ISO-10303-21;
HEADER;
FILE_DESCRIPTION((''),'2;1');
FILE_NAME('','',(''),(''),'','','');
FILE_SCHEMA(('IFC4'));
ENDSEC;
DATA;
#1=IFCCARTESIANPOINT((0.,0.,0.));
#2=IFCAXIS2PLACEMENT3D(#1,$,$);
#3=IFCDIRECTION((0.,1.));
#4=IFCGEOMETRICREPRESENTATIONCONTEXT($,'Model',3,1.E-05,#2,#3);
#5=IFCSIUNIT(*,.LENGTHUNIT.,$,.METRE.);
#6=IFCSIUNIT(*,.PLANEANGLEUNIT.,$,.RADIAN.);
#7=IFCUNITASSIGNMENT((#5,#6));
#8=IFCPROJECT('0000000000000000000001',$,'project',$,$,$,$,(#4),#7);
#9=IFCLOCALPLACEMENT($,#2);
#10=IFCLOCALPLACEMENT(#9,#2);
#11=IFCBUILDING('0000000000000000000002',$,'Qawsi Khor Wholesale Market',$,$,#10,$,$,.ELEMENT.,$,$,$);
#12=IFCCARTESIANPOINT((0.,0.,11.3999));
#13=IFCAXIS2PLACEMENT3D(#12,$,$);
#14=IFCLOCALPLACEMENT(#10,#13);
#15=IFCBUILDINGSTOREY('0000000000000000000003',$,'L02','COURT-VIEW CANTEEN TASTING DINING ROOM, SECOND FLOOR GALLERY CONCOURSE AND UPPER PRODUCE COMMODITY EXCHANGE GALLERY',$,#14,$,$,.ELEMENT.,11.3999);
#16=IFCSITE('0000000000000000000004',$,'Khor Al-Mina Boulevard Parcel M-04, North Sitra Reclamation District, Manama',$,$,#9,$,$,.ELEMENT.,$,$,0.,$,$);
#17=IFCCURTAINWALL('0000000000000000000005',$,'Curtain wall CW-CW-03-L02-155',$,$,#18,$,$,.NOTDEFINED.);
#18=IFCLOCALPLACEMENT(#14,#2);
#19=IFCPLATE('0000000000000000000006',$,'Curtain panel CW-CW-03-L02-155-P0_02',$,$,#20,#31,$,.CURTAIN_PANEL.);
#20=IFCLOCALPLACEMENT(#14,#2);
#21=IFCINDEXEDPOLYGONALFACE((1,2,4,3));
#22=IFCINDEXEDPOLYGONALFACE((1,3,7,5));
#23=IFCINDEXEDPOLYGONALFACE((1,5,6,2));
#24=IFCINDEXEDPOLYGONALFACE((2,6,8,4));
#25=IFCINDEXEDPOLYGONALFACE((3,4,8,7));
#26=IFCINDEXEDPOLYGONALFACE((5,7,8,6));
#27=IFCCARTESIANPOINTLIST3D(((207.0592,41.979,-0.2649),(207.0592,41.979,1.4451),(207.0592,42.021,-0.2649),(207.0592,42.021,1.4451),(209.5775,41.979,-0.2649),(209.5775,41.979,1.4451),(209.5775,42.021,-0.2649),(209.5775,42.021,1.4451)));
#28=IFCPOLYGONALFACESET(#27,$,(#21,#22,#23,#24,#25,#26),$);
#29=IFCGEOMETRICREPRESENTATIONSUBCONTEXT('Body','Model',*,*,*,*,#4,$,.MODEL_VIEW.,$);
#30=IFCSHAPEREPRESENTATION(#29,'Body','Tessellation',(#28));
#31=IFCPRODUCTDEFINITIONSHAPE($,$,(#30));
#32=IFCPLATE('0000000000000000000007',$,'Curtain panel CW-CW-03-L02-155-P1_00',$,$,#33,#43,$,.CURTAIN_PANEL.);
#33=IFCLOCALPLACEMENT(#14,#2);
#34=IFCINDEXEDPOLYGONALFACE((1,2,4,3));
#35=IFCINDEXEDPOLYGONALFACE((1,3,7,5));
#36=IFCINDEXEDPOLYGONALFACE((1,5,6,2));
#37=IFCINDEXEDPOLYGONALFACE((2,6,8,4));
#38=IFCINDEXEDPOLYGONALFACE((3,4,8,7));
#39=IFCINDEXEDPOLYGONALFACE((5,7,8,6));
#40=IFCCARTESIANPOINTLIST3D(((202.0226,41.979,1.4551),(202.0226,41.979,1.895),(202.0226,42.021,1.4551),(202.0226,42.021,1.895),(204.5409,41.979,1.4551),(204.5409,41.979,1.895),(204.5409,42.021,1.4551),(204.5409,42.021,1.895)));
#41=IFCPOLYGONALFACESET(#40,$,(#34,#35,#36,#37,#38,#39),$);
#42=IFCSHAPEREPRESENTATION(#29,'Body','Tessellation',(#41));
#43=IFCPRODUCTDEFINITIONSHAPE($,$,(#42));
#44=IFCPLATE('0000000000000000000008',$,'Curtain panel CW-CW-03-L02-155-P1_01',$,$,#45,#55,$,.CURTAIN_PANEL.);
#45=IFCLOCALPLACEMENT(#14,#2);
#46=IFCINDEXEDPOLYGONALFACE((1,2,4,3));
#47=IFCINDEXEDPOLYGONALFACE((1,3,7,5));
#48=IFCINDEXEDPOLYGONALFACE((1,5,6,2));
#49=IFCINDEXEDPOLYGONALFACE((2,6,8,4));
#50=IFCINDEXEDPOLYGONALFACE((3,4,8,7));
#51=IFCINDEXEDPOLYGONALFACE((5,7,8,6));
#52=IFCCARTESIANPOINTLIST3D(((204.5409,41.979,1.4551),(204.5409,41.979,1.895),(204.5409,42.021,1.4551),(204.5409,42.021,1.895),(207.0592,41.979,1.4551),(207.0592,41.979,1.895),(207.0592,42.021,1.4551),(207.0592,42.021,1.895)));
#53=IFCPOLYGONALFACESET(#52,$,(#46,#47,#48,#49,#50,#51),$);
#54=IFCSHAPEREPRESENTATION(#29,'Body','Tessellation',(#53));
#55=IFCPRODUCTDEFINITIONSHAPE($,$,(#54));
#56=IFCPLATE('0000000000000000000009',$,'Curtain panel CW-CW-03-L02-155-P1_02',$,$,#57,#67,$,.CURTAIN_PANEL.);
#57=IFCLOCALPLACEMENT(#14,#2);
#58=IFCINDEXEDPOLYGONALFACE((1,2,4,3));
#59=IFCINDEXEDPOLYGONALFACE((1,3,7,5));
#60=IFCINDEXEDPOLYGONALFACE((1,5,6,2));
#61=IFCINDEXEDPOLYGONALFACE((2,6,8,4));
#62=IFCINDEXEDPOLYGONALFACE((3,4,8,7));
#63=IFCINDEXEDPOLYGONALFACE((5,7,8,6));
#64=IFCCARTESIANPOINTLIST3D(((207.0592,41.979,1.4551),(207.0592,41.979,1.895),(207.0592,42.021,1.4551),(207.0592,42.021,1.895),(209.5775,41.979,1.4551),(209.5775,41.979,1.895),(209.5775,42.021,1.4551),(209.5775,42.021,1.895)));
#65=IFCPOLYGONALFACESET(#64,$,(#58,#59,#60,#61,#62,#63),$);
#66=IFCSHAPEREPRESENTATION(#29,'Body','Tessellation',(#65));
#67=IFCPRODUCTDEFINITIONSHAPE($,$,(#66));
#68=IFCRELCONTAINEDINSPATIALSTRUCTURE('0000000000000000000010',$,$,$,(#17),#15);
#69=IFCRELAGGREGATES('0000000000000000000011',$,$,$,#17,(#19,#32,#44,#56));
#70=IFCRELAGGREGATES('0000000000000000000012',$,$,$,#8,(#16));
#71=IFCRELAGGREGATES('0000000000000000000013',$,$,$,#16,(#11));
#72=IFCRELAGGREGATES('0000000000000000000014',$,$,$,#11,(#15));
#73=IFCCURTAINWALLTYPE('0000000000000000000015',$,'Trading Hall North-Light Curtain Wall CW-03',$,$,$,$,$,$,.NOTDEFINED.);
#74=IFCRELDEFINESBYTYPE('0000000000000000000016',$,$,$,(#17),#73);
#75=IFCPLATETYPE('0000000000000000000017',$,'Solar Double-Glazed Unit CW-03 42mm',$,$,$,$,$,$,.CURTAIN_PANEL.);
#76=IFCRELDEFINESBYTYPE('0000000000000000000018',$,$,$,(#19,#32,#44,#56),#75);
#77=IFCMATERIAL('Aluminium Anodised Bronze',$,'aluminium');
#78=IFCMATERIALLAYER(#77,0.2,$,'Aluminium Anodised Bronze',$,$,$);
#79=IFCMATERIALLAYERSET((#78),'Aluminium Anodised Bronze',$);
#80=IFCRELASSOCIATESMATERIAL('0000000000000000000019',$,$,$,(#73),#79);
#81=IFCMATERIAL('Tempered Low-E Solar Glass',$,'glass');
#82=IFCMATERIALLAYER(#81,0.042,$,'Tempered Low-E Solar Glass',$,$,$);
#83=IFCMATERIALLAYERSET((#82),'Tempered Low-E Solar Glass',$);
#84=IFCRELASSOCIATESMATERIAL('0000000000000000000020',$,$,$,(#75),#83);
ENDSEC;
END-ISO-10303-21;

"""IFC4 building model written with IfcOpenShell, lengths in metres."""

from ifc_helpers import new_model, si_unit, direction, frame, frame_2d, origin, place, context, subcontext, project, spatial, rectangle, extrude, material, layer, layer_set, type_object, element, aggregate, save


model = new_model("IFC4")

# Units and contexts
model_context = context("Model", 3, precision=1e-05, world=origin(), true_north=direction((0.0, 1.0)))
body_context = subcontext(model_context, "Body", "Model", "MODEL_VIEW")
ifc_project = project(units=[si_unit("LENGTHUNIT", "METRE"), si_unit("PLANEANGLEUNIT", "RADIAN")], contexts=[model_context])

# Site, building, storey
site_placement = place(None, origin())
site = spatial("IfcSite", under=ifc_project, at=site_placement, Name="Khor Al-Mina Boulevard Parcel M-04, North Sitra Reclamation District, Manama", CompositionType="ELEMENT", RefElevation=0.0)
building_placement = place(site_placement, origin())
building = spatial("IfcBuilding", under=site, at=building_placement, Name="Qawsi Khor Wholesale Market", CompositionType="ELEMENT")
storey_placement = place(building_placement, frame((0.0, 0.0, 11.3999)))
storey = spatial("IfcBuildingStorey", under=building, at=storey_placement, Name="L02", Description="COURT-VIEW CANTEEN TASTING DINING ROOM, SECOND FLOOR GALLERY CONCOURSE AND UPPER PRODUCE COMMODITY EXCHANGE GALLERY", CompositionType="ELEMENT", Elevation=11.3999)

# Curtain wall
ifc_material_1 = material(Name="Aluminium Anodised Bronze", Category="aluminium")
ifc_layer_1 = layer(ifc_material_1, 0.2, Name="Aluminium Anodised Bronze")
ifc_layer_set_1 = layer_set([ifc_layer_1], Name="Aluminium Anodised Bronze")
curtain_wall_type = type_object("IfcCurtainWallType", Name="Trading Hall North-Light Curtain Wall CW-03", PredefinedType="NOTDEFINED", material=ifc_layer_set_1)
curtain_wall_placement = place(storey_placement, origin())
curtain_wall = element("IfcCurtainWall", 1, at=curtain_wall_placement, inside=storey, type_object=curtain_wall_type, Name="Curtain wall CW-CW-03-L02-155", PredefinedType="NOTDEFINED")

# Plates
ifc_material_2 = material(Name="Tempered Low-E Solar Glass", Category="glass")
ifc_layer_2 = layer(ifc_material_2, 0.042, Name="Tempered Low-E Solar Glass")
ifc_layer_set_2 = layer_set([ifc_layer_2], Name="Tempered Low-E Solar Glass")
plate_type = type_object("IfcPlateType", Name="Solar Double-Glazed Unit CW-03 42mm", PredefinedType="CURTAIN_PANEL", material=ifc_layer_set_2)
plate_1_placement = place(storey_placement, frame((207.0591, 42.0, -0.2649), z_axis=(0.0, 0.0, 1.0), x_axis=(1.0, 0.0, 0.0)))
plate_1 = element("IfcPlate", 2, at=plate_1_placement, type_object=plate_type, Name="Curtain panel CW-CW-03-L02-155-P0_02", PredefinedType="CURTAIN_PANEL", context=body_context, shape_type="SweptSolid", body=[
    extrude(rectangle(XDim=2.5183, YDim=0.042, at=frame_2d((1.2593, 0.0))), origin(), (0.0, 0.0, 1.0), 1.71),
])
plate_2_placement = place(storey_placement, frame((202.0225, 42.0, 1.4551), z_axis=(0.0, 0.0, 1.0), x_axis=(1.0, 0.0, 0.0)))
plate_2 = element("IfcPlate", 3, at=plate_2_placement, type_object=plate_type, Name="Curtain panel CW-CW-03-L02-155-P1_00", PredefinedType="CURTAIN_PANEL", context=body_context, shape_type="SweptSolid", body=[
    extrude(rectangle(XDim=2.5183, YDim=0.042, at=frame_2d((1.2593, 0.0))), origin(), (0.0, 0.0, 1.0), 0.4399),
])
plate_3_placement = place(storey_placement, frame((204.5408, 42.0, 1.4551), z_axis=(0.0, 0.0, 1.0), x_axis=(1.0, 0.0, 0.0)))
plate_3 = element("IfcPlate", 4, at=plate_3_placement, type_object=plate_type, Name="Curtain panel CW-CW-03-L02-155-P1_01", PredefinedType="CURTAIN_PANEL", context=body_context, shape_type="SweptSolid", body=[
    extrude(rectangle(XDim=2.5183, YDim=0.042, at=frame_2d((1.2593, 0.0))), origin(), (0.0, 0.0, 1.0), 0.4399),
])
plate_4_placement = place(storey_placement, frame((207.0591, 42.0, 1.4551), z_axis=(0.0, 0.0, 1.0), x_axis=(1.0, 0.0, 0.0)))
plate_4 = element("IfcPlate", 5, at=plate_4_placement, type_object=plate_type, Name="Curtain panel CW-CW-03-L02-155-P1_02", PredefinedType="CURTAIN_PANEL", context=body_context, shape_type="SweptSolid", body=[
    extrude(rectangle(XDim=2.5183, YDim=0.042, at=frame_2d((1.2593, 0.0))), origin(), (0.0, 0.0, 1.0), 0.4399),
])
aggregate(curtain_wall, [plate_1, plate_2, plate_3, plate_4])

save(model, "model.ifc")
